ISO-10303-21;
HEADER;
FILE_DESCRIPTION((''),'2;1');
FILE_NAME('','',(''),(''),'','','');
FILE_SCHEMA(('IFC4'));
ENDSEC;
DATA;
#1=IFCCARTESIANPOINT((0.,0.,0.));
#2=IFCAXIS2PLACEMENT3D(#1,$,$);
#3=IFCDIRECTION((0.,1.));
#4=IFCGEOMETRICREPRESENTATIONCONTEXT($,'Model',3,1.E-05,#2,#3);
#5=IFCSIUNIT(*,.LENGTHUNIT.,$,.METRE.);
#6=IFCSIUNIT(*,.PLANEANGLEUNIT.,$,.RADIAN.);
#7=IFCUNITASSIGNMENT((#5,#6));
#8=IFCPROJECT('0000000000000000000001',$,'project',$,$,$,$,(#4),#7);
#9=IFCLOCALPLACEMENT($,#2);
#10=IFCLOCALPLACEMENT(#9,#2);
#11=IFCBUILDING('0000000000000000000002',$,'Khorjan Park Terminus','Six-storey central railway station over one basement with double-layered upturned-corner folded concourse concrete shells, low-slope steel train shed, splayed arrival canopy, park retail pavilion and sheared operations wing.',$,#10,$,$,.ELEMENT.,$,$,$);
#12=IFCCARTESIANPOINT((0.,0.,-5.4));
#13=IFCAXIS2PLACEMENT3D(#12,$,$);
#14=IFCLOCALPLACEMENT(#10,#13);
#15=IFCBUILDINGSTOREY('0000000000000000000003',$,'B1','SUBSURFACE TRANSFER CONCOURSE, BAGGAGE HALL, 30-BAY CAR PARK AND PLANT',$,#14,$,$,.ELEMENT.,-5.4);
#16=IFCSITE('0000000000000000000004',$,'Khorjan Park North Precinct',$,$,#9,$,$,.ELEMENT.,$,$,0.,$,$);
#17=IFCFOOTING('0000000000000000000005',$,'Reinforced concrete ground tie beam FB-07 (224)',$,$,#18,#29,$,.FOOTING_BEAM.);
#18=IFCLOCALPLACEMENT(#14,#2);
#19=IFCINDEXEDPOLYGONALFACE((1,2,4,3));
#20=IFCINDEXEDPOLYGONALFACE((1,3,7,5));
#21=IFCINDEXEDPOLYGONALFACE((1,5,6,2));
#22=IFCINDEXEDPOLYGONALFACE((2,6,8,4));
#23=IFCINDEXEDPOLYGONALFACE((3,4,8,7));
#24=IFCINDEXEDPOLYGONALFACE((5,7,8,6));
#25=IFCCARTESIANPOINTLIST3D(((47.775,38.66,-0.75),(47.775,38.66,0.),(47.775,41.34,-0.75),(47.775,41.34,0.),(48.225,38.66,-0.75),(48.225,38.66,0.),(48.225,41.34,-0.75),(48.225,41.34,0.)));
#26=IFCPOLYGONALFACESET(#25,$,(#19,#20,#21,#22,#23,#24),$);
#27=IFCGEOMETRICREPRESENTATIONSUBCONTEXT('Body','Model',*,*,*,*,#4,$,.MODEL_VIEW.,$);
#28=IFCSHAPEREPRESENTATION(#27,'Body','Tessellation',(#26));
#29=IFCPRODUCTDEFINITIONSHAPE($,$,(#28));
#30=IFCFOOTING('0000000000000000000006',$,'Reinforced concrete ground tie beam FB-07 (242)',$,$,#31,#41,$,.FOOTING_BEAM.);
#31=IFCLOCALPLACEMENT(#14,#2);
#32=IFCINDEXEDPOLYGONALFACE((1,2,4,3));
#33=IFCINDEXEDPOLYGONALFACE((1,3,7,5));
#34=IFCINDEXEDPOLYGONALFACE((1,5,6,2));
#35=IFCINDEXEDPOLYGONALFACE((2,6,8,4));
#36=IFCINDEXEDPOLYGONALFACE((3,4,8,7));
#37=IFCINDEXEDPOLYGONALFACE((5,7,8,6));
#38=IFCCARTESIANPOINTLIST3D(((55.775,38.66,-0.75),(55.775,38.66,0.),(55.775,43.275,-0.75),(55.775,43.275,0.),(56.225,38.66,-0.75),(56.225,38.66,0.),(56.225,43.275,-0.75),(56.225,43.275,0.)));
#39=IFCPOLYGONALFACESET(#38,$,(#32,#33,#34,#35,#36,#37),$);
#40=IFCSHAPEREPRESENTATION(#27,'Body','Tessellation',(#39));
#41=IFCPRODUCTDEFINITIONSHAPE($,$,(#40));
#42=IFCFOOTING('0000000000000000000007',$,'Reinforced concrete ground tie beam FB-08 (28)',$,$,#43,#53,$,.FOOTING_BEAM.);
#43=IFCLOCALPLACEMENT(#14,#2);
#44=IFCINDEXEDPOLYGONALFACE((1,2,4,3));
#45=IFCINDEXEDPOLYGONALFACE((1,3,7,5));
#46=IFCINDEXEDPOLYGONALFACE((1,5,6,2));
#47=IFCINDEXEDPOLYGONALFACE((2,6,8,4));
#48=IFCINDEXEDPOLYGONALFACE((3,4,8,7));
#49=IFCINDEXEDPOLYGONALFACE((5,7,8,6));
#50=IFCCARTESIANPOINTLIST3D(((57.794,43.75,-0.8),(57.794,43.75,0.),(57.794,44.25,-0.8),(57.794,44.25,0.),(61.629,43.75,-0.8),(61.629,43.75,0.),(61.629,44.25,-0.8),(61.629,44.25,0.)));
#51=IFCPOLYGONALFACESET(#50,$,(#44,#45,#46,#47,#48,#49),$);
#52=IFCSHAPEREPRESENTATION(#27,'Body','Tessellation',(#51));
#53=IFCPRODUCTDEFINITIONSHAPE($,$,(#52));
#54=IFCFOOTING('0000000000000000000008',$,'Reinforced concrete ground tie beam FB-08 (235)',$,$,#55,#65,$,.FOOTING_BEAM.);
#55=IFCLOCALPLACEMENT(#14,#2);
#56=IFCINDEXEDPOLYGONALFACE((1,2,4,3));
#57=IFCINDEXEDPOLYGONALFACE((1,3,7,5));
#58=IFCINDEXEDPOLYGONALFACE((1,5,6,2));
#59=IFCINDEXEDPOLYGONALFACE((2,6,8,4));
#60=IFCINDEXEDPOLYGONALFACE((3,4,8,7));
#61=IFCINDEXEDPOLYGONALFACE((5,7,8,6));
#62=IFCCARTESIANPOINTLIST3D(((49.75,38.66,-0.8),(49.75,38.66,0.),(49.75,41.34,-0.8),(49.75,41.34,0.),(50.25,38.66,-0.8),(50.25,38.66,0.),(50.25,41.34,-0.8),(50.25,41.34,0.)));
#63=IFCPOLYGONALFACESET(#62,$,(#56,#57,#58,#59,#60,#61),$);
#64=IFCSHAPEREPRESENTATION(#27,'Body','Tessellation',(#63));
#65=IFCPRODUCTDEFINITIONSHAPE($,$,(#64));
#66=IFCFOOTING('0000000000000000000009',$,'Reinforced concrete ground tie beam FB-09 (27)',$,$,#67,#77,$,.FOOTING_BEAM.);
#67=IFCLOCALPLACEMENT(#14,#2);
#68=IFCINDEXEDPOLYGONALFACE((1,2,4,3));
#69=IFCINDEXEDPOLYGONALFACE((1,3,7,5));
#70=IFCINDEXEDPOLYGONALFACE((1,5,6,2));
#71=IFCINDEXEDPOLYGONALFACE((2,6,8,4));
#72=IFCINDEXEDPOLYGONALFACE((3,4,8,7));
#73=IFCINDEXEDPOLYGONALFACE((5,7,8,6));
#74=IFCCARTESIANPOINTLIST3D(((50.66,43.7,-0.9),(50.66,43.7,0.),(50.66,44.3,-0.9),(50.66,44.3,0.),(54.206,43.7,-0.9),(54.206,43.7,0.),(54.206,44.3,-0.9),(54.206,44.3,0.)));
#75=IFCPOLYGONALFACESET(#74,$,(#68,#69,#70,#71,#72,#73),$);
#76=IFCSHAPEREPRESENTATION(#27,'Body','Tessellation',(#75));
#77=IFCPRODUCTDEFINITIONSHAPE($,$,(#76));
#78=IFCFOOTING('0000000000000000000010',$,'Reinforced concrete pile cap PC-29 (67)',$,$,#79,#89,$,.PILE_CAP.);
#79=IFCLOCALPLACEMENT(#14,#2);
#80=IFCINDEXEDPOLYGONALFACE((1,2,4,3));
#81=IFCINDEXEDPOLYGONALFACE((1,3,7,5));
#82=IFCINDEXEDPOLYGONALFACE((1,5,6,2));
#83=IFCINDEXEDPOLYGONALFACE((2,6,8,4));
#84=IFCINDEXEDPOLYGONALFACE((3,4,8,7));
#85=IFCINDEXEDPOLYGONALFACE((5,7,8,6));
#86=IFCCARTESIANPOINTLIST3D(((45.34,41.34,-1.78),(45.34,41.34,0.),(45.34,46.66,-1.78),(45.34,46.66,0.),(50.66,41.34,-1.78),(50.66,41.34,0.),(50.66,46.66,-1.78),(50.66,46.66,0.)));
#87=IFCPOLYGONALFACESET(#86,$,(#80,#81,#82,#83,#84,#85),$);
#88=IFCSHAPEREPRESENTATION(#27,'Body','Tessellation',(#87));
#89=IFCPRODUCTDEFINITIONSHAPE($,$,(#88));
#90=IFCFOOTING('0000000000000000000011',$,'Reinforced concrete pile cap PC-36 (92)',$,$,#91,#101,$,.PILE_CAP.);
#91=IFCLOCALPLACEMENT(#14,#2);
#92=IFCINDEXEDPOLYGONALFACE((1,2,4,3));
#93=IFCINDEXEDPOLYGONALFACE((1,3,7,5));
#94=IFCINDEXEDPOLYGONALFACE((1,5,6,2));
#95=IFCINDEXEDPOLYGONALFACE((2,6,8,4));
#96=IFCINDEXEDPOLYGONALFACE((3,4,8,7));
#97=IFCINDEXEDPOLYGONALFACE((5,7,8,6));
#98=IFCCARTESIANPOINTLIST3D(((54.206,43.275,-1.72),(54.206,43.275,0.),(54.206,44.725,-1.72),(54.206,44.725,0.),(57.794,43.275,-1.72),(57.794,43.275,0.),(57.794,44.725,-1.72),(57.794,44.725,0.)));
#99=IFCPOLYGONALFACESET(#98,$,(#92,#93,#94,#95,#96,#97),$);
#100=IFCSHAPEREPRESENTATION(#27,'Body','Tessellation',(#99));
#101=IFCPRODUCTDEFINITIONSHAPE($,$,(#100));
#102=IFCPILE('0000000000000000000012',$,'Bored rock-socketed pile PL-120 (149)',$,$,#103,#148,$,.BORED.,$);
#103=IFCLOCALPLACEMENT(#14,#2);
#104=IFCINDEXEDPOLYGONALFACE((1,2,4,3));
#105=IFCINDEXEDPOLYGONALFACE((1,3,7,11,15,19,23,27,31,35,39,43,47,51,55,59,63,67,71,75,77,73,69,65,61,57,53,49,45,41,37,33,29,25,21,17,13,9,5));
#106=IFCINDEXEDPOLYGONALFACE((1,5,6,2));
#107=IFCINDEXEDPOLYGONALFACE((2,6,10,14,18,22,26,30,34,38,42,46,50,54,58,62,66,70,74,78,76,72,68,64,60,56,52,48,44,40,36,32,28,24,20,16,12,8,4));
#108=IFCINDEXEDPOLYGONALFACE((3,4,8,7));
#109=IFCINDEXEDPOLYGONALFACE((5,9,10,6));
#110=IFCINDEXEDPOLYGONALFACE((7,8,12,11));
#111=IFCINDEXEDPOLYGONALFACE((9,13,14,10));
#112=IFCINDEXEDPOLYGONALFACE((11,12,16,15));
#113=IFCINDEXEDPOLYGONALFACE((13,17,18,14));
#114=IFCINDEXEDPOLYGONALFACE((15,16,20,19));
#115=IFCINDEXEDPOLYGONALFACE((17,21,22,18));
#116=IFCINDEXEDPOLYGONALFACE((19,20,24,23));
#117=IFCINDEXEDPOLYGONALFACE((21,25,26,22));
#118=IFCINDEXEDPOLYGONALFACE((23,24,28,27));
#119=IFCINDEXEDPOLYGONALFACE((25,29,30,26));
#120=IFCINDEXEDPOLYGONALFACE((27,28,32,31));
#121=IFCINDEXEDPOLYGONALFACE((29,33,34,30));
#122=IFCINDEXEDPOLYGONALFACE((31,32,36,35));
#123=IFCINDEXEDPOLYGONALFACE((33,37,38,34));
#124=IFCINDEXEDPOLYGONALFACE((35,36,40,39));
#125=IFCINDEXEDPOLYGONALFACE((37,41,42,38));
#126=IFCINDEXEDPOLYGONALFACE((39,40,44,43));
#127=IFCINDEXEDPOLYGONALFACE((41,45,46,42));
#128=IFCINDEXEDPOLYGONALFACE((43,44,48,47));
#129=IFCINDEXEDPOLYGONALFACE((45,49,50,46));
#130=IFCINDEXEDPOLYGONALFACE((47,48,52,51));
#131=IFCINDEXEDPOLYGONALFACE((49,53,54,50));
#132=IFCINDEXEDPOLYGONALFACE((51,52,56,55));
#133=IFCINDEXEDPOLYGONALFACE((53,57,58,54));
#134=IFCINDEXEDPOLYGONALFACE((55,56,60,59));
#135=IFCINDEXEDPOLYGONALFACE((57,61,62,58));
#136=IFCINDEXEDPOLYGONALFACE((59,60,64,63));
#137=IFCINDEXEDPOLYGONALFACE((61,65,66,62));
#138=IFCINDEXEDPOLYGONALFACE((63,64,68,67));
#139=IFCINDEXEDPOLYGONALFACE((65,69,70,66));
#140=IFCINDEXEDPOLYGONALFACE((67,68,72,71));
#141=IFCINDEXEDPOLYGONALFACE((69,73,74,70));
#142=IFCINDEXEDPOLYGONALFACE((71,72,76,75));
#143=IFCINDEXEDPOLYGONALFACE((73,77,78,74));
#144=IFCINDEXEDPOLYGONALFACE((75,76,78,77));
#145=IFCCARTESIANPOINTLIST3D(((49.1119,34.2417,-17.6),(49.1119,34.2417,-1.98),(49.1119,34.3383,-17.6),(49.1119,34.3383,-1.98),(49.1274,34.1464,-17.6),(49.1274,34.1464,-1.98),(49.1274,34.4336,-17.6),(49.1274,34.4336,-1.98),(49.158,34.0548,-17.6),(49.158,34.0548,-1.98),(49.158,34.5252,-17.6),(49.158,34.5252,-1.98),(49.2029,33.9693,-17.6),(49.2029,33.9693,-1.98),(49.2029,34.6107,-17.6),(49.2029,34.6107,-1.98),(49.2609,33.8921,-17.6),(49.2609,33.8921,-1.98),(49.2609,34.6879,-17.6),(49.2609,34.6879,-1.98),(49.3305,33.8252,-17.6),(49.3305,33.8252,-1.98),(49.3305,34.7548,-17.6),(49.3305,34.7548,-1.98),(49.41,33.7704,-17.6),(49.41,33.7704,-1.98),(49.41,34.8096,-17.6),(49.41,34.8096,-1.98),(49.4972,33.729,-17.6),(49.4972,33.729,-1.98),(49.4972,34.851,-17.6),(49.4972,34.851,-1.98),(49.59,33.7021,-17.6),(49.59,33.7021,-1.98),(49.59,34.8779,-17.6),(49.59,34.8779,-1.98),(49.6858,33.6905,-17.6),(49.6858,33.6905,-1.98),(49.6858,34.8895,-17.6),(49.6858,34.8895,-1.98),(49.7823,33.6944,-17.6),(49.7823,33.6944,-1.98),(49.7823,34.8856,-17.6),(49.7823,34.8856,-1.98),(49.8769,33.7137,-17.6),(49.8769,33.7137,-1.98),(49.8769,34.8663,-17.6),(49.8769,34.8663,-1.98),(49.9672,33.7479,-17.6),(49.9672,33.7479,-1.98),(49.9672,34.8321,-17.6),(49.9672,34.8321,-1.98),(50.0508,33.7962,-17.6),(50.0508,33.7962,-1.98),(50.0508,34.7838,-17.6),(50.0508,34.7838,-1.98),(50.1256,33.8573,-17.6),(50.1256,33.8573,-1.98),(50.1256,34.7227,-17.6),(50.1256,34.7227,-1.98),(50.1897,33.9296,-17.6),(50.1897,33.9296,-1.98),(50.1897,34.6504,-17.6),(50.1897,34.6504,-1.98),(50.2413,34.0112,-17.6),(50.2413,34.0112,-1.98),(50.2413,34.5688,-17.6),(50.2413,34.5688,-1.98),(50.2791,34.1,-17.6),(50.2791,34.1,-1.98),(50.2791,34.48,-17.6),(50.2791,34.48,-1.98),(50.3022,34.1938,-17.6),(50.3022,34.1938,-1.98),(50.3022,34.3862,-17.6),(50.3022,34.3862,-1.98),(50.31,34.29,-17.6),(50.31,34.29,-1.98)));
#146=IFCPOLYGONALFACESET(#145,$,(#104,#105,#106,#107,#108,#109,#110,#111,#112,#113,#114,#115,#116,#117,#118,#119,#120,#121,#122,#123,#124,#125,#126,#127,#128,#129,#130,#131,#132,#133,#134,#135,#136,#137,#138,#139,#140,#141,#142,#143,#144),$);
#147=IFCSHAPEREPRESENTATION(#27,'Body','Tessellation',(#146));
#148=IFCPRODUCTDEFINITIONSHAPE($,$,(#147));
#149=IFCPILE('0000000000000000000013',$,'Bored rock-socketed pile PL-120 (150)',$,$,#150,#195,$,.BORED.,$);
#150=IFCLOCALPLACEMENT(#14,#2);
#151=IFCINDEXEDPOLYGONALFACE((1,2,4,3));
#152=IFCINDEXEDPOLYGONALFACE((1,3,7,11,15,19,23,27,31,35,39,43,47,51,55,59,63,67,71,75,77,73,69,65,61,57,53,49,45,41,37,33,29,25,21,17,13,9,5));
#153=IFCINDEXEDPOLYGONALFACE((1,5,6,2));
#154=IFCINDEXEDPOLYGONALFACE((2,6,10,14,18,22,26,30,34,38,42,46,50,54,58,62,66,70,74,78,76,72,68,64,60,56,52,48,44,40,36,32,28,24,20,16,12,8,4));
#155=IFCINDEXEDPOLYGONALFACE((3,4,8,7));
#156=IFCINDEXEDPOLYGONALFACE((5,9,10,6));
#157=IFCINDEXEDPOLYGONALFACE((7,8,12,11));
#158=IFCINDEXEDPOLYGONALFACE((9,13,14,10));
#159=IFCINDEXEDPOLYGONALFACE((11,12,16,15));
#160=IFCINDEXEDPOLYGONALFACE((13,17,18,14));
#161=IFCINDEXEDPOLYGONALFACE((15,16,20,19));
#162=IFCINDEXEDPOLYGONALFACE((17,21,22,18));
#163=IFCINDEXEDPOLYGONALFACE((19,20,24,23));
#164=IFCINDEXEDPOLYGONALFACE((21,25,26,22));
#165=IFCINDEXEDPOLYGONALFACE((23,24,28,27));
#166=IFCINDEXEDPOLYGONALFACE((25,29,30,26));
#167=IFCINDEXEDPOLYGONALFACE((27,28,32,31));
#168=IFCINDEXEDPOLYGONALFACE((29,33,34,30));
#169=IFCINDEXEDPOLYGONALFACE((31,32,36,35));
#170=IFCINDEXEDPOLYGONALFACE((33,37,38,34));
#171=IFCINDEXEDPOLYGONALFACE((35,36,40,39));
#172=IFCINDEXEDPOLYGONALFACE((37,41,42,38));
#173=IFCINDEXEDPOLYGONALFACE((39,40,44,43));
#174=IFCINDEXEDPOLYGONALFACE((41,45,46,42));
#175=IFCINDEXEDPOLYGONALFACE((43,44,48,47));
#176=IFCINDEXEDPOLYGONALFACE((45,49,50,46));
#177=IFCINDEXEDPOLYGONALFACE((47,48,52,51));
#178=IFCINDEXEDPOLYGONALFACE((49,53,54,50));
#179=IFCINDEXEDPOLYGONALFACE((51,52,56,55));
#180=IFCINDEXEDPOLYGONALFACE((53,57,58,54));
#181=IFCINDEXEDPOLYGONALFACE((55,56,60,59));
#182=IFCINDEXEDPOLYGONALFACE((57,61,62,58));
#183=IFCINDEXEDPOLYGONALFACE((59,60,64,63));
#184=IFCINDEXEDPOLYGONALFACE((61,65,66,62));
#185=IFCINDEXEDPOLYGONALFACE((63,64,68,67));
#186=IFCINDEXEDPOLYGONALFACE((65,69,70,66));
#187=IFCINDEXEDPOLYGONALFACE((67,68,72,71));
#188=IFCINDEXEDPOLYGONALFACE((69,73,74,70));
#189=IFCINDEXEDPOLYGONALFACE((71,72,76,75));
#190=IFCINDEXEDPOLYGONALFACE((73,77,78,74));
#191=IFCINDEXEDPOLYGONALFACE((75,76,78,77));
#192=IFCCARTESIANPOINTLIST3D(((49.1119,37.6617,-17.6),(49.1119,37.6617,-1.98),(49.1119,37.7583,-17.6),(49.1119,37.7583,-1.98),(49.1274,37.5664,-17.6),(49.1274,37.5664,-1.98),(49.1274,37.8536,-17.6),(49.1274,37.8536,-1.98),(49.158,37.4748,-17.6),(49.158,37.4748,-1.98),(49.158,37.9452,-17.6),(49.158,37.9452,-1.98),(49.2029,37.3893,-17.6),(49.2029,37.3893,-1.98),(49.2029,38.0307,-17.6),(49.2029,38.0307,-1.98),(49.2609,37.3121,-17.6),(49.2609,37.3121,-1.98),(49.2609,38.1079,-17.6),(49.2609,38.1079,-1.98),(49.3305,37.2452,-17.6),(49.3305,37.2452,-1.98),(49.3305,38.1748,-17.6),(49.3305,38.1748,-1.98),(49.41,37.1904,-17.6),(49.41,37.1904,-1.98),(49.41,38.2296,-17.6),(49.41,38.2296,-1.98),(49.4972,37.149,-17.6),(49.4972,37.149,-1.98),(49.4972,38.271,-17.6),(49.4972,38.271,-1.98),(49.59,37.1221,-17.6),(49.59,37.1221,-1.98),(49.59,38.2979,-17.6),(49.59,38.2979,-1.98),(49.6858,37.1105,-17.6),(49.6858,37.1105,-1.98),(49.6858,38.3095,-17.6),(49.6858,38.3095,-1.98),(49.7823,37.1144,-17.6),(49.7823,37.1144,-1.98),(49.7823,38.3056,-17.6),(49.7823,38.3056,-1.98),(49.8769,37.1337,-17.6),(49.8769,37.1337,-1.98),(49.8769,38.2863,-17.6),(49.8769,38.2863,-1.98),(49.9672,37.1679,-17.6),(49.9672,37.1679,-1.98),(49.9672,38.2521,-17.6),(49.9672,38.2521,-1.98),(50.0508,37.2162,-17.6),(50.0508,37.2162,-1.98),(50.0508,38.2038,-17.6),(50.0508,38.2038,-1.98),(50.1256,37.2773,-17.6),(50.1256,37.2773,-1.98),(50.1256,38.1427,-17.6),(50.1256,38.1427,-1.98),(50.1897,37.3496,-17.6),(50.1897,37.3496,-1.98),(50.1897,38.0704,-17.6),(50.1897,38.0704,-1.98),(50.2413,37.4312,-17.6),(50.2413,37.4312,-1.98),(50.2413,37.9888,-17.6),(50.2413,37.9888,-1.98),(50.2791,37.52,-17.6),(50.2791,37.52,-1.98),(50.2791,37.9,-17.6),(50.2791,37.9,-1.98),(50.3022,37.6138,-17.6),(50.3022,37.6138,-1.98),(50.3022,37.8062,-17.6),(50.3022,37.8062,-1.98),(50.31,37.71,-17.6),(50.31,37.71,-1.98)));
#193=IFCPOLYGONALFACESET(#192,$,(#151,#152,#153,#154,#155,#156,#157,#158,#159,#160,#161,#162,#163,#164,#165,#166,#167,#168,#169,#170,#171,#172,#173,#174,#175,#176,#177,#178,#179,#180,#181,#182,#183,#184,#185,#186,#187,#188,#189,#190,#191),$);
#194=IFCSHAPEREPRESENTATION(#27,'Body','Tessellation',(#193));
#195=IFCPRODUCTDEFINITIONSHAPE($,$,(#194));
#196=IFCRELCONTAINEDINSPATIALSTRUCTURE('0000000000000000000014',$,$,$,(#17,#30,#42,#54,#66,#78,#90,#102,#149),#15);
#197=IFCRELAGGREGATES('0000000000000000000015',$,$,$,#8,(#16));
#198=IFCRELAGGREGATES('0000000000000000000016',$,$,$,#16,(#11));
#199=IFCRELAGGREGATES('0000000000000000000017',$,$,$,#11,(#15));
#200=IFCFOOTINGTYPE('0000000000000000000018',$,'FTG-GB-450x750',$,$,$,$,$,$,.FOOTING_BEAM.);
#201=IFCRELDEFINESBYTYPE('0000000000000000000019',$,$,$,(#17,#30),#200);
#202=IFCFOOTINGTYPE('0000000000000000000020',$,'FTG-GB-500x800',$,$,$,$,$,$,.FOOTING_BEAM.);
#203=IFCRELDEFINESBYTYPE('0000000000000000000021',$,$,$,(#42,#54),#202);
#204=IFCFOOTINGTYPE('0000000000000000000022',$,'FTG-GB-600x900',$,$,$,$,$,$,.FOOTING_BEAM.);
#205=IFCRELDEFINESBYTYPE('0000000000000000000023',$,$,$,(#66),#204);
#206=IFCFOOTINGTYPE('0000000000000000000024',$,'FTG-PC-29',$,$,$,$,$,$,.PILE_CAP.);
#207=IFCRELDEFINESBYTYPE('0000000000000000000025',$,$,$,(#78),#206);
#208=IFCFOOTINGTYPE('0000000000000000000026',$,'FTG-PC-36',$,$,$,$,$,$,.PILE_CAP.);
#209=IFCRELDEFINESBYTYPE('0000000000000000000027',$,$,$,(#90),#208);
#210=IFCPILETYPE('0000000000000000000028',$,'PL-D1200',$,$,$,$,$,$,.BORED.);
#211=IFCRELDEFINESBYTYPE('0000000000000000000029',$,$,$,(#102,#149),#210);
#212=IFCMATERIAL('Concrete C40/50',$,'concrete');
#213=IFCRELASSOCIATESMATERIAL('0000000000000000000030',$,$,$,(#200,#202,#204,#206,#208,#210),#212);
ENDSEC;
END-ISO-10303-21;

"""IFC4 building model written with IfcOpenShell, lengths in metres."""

from ifc_helpers import new_model, si_unit, direction, frame, origin, origin_2d, place, context, subcontext, project, spatial, rectangle, circle, extrude, material, material_profile, profile_set, type_object, element, save


model = new_model("IFC4")

# Units and contexts
model_context = context("Model", 3, precision=1e-05, world=origin(), true_north=direction((0.0, 1.0)))
body_context = subcontext(model_context, "Body", "Model", "MODEL_VIEW")
ifc_project = project(units=[si_unit("LENGTHUNIT", "METRE"), si_unit("PLANEANGLEUNIT", "RADIAN")], contexts=[model_context])

# Site, building, storey
site_placement = place(None, origin())
site = spatial("IfcSite", under=ifc_project, at=site_placement, Name="Khorjan Park North Precinct", CompositionType="ELEMENT", RefElevation=0.0)
building_placement = place(site_placement, origin())
building = spatial("IfcBuilding", under=site, at=building_placement, Name="Khorjan Park Terminus", Description="Six-storey central railway station over one basement with double-layered upturned-corner folded concourse concrete shells, low-slope steel train shed, splayed arrival canopy, park retail pavilion and sheared operations wing.", CompositionType="ELEMENT")
storey_placement = place(building_placement, frame((0.0, 0.0, -5.4)))
storey = spatial("IfcBuildingStorey", under=building, at=storey_placement, Name="B1", Description="SUBSURFACE TRANSFER CONCOURSE, BAGGAGE HALL, 30-BAY CAR PARK AND PLANT", CompositionType="ELEMENT", Elevation=-5.4)

# Footings
ifc_material_1 = material(Name="Concrete C40/50", Category="concrete")
ifc_material_profile_1 = material_profile(ifc_material_1, rectangle(XDim=0.45, YDim=0.75, at=origin_2d()), Name="RC 450x750")
ifc_profile_set_1 = profile_set([ifc_material_profile_1], Name="Concrete C40/50")
footing_type_1 = type_object("IfcFootingType", Name="FTG-GB-450x750", PredefinedType="FOOTING_BEAM", material=ifc_profile_set_1)
footing_1_placement = place(storey_placement, frame((48.0, 38.66, -0.375), z_axis=(0.0, 1.0, 0.0), x_axis=(-1.0, 0.0, 0.0)))
element("IfcFooting", 1, at=footing_1_placement, inside=storey, type_object=footing_type_1, Name="Reinforced concrete ground tie beam FB-07 (224)", PredefinedType="FOOTING_BEAM", context=body_context, shape_type="SweptSolid", body=[
    extrude(rectangle(XDim=0.45, YDim=0.75, at=origin_2d()), origin(), (0.0, 0.0, 1.0), 2.68),
])
footing_2_placement = place(storey_placement, frame((56.0, 38.66, -0.375), z_axis=(0.0, 1.0, 0.0), x_axis=(-1.0, 0.0, 0.0)))
element("IfcFooting", 2, at=footing_2_placement, inside=storey, type_object=footing_type_1, Name="Reinforced concrete ground tie beam FB-07 (242)", PredefinedType="FOOTING_BEAM", context=body_context, shape_type="SweptSolid", body=[
    extrude(rectangle(XDim=0.45, YDim=0.75, at=origin_2d()), origin(), (0.0, 0.0, 1.0), 4.615),
])
ifc_material_profile_2 = material_profile(ifc_material_1, rectangle(XDim=0.5, YDim=0.8, at=origin_2d()), Name="RC 500x800")
ifc_profile_set_2 = profile_set([ifc_material_profile_2], Name="Concrete C40/50")
footing_type_2 = type_object("IfcFootingType", Name="FTG-GB-500x800", PredefinedType="FOOTING_BEAM", material=ifc_profile_set_2)
footing_3_placement = place(storey_placement, frame((57.794, 44.0, -0.4), z_axis=(1.0, 0.0, 0.0), x_axis=(0.0, 1.0, 0.0)))
element("IfcFooting", 3, at=footing_3_placement, inside=storey, type_object=footing_type_2, Name="Reinforced concrete ground tie beam FB-08 (28)", PredefinedType="FOOTING_BEAM", context=body_context, shape_type="SweptSolid", body=[
    extrude(rectangle(XDim=0.5, YDim=0.8, at=origin_2d()), origin(), (0.0, 0.0, 1.0), 3.835),
])
footing_4_placement = place(storey_placement, frame((50.0, 38.66, -0.4), z_axis=(0.0, 1.0, 0.0), x_axis=(-1.0, 0.0, 0.0)))
element("IfcFooting", 4, at=footing_4_placement, inside=storey, type_object=footing_type_2, Name="Reinforced concrete ground tie beam FB-08 (235)", PredefinedType="FOOTING_BEAM", context=body_context, shape_type="SweptSolid", body=[
    extrude(rectangle(XDim=0.5, YDim=0.8, at=origin_2d()), origin(), (0.0, 0.0, 1.0), 2.68),
])
ifc_material_profile_3 = material_profile(ifc_material_1, rectangle(XDim=0.6, YDim=0.9, at=origin_2d()), Name="RC 600x900")
ifc_profile_set_3 = profile_set([ifc_material_profile_3], Name="Concrete C40/50")
footing_type_3 = type_object("IfcFootingType", Name="FTG-GB-600x900", PredefinedType="FOOTING_BEAM", material=ifc_profile_set_3)
footing_5_placement = place(storey_placement, frame((50.66, 44.0, -0.45), z_axis=(1.0, 0.0, 0.0), x_axis=(0.0, 1.0, 0.0)))
element("IfcFooting", 5, at=footing_5_placement, inside=storey, type_object=footing_type_3, Name="Reinforced concrete ground tie beam FB-09 (27)", PredefinedType="FOOTING_BEAM", context=body_context, shape_type="SweptSolid", body=[
    extrude(rectangle(XDim=0.6, YDim=0.9, at=origin_2d()), origin(), (0.0, 0.0, 1.0), 3.546),
])
footing_type_4 = type_object("IfcFootingType", Name="FTG-PC-29", PredefinedType="PILE_CAP", material=ifc_material_1)
footing_6_placement = place(storey_placement, frame((48.0, 44.0, -1.78), z_axis=(0.0, 0.0, 1.0), x_axis=(1.0, 0.0, 0.0)))
element("IfcFooting", 6, at=footing_6_placement, inside=storey, type_object=footing_type_4, Name="Reinforced concrete pile cap PC-29 (67)", PredefinedType="PILE_CAP", context=body_context, shape_type="SweptSolid", body=[
    extrude(rectangle(XDim=5.32, YDim=5.32, at=origin_2d()), origin(), (0.0, 0.0, 1.0), 1.78),
])
footing_type_5 = type_object("IfcFootingType", Name="FTG-PC-36", PredefinedType="PILE_CAP", material=ifc_material_1)
footing_7_placement = place(storey_placement, frame((56.0, 44.0, -1.72), z_axis=(0.0, 0.0, 1.0), x_axis=(1.0, 0.0, 0.0)))
element("IfcFooting", 7, at=footing_7_placement, inside=storey, type_object=footing_type_5, Name="Reinforced concrete pile cap PC-36 (92)", PredefinedType="PILE_CAP", context=body_context, shape_type="SweptSolid", body=[
    extrude(rectangle(XDim=3.588, YDim=1.45, at=origin_2d()), origin(), (0.0, 0.0, 1.0), 1.72),
])

# Piles
ifc_material_profile_4 = material_profile(ifc_material_1, circle(Radius=0.6, at=origin_2d()), Name="BORED D1200")
ifc_profile_set_4 = profile_set([ifc_material_profile_4], Name="Concrete C40/50")
pile_type_1 = type_object("IfcPileType", Name="PL-D1200", PredefinedType="BORED", material=ifc_profile_set_4)
for number, where, z_axis, x_axis, name in (
    (8, (49.71, 34.29, -1.98), (0.0, 0.0, -1.0), (1.0, 0.0, 0.0), "Bored rock-socketed pile PL-120 (149)"),
    (9, (49.71, 37.71, -1.98), (0.0, 0.0, -1.0), (1.0, 0.0, 0.0), "Bored rock-socketed pile PL-120 (150)"),
):
    element("IfcPile", number, at=place(storey_placement, frame(where, z_axis=z_axis, x_axis=x_axis)), inside=storey, type_object=pile_type_1, Name=name, PredefinedType="BORED", context=body_context, shape_type="SweptSolid", body=[
        extrude(circle(Radius=0.6, at=origin_2d()), origin(), (0.0, 0.0, 1.0), 15.62),
    ])

save(model, "model.ifc")
